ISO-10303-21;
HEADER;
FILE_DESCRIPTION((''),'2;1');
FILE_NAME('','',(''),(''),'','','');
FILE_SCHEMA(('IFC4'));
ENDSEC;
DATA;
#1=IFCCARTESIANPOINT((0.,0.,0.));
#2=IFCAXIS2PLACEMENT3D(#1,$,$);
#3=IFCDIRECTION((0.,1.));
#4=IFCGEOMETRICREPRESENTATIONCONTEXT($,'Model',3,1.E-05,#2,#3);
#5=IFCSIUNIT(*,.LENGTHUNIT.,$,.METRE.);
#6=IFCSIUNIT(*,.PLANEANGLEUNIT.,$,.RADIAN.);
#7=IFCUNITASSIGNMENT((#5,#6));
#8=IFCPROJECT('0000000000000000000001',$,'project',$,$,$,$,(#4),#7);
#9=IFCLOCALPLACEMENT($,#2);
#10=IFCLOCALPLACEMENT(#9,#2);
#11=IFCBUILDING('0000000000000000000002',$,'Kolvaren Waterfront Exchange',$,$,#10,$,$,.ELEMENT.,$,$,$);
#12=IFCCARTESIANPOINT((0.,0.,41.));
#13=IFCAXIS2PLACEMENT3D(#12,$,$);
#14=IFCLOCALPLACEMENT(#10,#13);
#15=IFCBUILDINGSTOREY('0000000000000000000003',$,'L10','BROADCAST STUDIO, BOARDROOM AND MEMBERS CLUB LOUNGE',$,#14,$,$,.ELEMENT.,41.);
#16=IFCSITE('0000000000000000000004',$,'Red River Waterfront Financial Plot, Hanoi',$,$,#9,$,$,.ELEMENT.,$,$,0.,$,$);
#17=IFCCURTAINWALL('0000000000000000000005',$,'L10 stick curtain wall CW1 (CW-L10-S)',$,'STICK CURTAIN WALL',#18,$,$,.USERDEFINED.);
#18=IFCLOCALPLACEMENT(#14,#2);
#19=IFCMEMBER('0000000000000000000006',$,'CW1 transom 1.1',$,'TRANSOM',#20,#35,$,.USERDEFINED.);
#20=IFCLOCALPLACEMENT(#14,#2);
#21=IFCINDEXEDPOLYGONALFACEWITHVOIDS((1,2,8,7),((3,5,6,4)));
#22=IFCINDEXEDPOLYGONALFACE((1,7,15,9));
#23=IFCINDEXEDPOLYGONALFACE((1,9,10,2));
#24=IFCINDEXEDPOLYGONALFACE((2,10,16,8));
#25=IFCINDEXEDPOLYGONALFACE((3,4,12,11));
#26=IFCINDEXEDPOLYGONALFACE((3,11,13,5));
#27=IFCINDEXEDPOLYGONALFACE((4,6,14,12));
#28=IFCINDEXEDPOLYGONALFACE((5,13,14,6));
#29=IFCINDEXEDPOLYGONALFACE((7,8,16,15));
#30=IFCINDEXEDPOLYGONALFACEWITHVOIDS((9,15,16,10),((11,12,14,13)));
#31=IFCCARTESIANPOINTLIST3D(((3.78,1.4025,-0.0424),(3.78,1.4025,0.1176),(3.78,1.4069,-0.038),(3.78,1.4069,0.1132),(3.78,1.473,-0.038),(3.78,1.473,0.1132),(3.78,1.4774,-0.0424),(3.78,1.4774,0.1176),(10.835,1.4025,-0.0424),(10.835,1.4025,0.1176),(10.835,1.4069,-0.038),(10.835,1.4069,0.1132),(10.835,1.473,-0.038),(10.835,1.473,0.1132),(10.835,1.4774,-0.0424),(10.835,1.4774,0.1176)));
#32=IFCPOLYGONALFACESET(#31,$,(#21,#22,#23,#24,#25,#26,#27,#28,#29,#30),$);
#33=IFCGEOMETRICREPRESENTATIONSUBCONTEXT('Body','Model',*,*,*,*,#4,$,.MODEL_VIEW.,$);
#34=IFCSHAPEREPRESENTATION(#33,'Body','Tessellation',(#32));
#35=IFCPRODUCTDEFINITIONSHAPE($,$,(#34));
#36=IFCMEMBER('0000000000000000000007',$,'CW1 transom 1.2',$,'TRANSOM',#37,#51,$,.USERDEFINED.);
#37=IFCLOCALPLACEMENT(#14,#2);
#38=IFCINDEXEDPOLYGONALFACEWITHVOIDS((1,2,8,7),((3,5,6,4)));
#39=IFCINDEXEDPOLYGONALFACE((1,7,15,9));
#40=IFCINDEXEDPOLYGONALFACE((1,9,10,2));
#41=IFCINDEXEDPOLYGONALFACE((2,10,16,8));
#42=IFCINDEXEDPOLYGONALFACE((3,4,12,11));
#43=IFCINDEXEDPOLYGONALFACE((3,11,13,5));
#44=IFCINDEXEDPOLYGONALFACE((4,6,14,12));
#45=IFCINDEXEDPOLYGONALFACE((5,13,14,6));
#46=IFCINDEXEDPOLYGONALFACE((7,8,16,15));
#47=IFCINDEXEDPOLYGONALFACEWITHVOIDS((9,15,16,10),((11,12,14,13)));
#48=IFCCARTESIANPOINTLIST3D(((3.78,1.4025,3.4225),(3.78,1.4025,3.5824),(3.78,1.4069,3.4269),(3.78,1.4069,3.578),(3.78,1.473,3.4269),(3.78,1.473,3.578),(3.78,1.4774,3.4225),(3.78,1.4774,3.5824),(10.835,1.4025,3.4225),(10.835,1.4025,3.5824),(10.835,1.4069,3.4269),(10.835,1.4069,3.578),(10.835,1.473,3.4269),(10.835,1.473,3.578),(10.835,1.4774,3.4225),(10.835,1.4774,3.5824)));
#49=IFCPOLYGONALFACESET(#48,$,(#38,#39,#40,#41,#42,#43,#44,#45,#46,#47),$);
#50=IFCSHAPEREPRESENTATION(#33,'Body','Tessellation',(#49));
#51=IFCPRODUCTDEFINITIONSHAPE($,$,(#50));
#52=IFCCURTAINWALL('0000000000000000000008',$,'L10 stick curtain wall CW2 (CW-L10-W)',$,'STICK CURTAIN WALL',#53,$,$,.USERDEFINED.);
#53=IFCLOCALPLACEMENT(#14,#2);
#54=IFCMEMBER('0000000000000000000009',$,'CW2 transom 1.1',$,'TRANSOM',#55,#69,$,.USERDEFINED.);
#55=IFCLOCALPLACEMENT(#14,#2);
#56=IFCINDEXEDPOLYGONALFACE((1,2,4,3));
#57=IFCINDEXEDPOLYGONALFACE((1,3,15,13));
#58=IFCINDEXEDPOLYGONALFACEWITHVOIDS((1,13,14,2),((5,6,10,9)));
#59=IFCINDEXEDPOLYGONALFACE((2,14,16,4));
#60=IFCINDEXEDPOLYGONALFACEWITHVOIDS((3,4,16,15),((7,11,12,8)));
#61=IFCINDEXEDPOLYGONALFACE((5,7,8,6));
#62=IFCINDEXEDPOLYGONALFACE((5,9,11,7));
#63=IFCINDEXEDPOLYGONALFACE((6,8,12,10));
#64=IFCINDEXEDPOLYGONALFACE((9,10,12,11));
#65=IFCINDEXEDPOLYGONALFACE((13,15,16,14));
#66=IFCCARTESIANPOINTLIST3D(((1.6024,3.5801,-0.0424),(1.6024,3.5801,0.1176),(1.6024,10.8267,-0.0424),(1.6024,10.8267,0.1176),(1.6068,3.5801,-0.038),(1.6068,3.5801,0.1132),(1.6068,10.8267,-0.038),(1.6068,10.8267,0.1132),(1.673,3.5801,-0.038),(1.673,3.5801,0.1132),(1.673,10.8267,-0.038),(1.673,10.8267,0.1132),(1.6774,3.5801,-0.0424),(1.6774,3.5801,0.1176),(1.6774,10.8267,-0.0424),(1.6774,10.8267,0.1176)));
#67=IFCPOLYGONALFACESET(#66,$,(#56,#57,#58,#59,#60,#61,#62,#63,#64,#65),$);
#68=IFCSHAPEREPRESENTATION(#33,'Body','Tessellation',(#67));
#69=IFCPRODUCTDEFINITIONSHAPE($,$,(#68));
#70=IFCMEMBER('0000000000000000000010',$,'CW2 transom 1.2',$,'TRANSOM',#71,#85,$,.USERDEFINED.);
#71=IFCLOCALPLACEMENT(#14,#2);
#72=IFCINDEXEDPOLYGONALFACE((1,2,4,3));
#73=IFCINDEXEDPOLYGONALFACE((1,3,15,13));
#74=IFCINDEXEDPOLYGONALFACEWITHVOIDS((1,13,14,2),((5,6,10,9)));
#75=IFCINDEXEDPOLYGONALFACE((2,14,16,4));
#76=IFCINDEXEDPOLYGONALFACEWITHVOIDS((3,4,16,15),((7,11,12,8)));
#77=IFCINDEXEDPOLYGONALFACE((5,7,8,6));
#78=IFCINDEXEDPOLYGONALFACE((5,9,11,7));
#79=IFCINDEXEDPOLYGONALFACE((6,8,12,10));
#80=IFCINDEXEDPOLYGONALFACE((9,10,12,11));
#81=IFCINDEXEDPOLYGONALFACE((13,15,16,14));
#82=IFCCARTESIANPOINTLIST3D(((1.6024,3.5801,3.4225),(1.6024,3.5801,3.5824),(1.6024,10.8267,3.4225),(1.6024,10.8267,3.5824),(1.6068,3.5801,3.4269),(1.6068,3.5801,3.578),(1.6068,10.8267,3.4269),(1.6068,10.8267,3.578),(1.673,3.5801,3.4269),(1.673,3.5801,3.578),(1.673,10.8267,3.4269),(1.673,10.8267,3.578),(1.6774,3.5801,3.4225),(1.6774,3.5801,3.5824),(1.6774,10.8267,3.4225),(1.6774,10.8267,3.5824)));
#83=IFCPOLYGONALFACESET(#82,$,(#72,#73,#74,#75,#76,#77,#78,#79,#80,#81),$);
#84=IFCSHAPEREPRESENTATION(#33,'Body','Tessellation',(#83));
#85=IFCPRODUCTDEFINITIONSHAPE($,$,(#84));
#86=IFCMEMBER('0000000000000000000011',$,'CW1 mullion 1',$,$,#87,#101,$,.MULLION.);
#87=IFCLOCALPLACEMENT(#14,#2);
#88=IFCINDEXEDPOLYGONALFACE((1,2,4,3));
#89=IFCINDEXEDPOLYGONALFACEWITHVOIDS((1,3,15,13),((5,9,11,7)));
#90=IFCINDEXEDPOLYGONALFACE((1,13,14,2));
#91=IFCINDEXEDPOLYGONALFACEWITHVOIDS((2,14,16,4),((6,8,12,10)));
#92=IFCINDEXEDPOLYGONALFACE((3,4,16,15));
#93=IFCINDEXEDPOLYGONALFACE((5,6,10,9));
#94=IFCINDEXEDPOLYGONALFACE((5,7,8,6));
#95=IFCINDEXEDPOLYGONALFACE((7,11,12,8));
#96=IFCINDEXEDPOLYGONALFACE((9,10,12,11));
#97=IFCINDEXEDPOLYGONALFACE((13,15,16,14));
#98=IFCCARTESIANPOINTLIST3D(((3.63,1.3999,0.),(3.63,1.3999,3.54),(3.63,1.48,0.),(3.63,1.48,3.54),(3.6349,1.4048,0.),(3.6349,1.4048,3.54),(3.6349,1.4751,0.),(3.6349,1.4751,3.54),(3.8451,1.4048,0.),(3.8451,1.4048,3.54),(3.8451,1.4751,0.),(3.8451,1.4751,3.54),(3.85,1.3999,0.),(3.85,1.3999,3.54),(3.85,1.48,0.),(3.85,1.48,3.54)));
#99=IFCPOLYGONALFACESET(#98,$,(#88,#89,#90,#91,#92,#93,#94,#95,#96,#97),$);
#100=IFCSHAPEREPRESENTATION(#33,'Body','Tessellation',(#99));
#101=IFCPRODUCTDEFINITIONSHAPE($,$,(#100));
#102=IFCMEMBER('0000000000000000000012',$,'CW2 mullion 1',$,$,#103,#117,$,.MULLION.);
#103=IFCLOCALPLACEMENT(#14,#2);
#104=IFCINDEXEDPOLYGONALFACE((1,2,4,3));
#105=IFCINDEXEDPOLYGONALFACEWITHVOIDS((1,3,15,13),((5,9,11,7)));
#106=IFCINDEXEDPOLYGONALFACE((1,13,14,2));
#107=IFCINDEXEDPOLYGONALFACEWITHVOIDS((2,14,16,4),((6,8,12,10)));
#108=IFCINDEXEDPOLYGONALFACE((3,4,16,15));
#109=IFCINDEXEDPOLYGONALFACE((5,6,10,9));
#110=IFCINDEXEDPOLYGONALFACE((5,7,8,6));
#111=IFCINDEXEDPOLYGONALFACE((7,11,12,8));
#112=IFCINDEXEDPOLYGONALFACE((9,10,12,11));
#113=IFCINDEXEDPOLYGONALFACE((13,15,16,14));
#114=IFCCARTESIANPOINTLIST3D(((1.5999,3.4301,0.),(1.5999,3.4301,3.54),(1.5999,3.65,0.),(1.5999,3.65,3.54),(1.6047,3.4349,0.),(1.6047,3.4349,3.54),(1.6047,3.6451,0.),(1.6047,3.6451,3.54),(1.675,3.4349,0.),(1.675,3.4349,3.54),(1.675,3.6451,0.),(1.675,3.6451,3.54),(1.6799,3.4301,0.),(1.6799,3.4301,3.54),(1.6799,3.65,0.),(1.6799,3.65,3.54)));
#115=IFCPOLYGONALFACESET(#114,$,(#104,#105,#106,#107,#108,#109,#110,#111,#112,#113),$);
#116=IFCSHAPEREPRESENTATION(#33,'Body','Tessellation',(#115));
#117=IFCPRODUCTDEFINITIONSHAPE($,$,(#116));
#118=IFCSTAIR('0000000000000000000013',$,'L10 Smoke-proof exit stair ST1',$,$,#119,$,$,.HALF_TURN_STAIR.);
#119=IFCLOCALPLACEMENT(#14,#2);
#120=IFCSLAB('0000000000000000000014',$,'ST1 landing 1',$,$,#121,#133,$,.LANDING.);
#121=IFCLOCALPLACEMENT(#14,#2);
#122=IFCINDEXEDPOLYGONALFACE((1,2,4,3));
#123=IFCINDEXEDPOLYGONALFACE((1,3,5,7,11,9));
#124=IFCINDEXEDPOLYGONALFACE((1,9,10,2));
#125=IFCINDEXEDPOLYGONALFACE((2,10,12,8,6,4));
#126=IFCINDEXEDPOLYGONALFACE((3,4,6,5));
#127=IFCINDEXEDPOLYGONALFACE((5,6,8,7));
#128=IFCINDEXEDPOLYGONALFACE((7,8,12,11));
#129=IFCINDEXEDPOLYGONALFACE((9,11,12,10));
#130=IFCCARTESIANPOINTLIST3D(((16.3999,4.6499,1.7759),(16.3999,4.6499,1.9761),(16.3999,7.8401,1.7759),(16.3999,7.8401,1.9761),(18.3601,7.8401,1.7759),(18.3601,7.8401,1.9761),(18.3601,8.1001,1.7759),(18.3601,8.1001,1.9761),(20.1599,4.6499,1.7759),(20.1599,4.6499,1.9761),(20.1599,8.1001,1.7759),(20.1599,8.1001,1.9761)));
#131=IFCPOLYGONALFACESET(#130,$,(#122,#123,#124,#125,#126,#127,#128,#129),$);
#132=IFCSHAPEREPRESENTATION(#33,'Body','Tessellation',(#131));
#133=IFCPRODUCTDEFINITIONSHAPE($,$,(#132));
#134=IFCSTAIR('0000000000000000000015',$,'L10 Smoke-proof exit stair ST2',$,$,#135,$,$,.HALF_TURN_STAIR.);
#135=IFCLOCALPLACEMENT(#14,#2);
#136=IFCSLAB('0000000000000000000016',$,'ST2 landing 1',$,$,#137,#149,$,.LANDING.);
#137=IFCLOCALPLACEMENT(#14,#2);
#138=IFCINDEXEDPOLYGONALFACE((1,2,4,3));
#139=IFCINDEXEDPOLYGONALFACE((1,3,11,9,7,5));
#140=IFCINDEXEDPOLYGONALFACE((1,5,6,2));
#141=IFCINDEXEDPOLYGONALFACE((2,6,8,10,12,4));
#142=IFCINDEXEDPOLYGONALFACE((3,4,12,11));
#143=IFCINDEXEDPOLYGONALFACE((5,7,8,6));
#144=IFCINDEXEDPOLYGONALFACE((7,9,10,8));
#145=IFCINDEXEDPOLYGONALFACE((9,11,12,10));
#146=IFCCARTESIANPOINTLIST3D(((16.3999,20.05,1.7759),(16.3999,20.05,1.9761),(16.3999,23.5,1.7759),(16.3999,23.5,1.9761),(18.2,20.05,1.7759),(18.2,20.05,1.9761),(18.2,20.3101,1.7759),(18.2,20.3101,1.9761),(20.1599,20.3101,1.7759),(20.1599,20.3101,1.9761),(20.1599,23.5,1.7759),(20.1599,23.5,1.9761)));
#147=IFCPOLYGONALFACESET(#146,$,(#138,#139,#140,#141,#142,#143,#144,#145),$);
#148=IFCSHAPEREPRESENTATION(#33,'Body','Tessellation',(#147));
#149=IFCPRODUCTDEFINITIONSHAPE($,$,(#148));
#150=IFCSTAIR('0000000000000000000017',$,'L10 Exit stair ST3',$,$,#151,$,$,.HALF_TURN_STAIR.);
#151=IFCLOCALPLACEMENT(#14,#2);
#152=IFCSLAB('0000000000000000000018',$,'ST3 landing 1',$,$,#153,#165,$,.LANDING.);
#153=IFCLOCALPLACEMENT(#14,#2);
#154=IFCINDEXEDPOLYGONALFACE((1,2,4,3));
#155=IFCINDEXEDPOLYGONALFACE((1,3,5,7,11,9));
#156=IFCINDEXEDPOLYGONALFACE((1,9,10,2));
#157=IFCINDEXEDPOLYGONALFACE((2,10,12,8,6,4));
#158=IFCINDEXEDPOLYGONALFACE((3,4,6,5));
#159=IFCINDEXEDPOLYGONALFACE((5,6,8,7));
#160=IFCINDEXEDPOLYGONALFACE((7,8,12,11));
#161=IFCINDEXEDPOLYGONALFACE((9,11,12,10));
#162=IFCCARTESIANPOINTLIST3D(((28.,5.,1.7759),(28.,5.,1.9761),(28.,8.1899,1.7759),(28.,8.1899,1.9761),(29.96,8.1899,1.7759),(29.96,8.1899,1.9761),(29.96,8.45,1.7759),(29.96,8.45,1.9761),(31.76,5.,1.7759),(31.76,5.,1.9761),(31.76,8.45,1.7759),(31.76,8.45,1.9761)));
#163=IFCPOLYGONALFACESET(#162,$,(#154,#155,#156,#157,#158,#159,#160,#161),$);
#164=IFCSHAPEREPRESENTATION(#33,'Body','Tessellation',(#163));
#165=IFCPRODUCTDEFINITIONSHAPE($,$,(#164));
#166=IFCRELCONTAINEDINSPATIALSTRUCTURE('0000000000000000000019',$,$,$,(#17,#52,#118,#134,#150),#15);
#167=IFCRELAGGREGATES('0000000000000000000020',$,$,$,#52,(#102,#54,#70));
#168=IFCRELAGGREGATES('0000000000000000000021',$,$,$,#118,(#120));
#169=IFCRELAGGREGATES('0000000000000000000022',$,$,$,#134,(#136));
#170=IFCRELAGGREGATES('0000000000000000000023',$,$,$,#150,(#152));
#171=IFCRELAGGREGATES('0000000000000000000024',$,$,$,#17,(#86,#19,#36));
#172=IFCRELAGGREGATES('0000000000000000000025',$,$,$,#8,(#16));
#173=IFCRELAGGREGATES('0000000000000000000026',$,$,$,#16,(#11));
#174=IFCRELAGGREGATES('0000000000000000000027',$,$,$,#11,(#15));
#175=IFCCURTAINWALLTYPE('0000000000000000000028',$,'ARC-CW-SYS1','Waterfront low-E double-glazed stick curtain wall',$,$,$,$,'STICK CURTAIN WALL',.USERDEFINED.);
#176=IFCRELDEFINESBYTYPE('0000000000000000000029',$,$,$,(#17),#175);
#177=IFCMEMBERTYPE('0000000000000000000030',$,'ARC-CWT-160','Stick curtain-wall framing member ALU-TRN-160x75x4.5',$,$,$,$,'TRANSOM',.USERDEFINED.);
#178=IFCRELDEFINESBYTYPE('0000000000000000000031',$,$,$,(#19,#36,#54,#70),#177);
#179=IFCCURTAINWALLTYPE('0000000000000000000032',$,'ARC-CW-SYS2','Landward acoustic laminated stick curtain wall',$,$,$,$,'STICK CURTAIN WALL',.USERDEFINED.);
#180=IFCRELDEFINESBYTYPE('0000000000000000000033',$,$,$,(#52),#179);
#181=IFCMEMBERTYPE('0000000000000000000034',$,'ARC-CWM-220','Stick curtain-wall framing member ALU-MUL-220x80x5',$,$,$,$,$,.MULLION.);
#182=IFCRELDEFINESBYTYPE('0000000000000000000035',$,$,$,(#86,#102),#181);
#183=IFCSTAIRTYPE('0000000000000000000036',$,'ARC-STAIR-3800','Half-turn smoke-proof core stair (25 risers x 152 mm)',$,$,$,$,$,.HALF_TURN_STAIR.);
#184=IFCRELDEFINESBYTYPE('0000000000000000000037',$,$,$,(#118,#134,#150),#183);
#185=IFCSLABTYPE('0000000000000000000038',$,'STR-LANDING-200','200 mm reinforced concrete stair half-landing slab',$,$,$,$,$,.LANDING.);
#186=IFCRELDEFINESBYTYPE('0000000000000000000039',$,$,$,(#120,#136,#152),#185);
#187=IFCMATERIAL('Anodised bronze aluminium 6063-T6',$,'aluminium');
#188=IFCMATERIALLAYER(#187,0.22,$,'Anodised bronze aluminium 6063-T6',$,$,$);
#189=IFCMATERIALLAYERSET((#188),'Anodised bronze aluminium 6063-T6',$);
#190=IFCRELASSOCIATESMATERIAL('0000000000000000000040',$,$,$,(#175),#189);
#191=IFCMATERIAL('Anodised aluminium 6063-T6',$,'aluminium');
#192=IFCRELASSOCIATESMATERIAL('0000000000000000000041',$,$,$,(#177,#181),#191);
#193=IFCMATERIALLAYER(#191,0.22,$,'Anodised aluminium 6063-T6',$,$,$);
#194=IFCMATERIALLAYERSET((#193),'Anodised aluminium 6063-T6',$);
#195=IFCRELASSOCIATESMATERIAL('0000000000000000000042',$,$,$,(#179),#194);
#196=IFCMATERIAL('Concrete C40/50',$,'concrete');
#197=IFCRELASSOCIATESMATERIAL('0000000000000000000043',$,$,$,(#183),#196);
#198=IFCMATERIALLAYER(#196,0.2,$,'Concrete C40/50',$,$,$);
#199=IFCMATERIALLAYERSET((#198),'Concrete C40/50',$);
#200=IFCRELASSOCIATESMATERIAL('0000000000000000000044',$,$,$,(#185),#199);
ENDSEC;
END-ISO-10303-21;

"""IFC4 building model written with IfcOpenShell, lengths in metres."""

from ifc_helpers import new_model, si_unit, direction, frame, origin, origin_with_axes, origin_2d, place, context, subcontext, project, spatial, polyline, hollow_rectangle, outline, extrude, source, transform, mapped, material, layer, layer_set, material_profile, profile_set, type_object, element, aggregate, save


model = new_model("IFC4")

# Units and contexts
model_context = context("Model", 3, precision=1e-05, world=origin(), true_north=direction((0.0, 1.0)))
body_context = subcontext(model_context, "Body", "Model", "MODEL_VIEW")
ifc_project = project(units=[si_unit("LENGTHUNIT", "METRE"), si_unit("PLANEANGLEUNIT", "RADIAN")], contexts=[model_context])

# Site, building, storey
site_placement = place(None, origin())
site = spatial("IfcSite", under=ifc_project, at=site_placement, Name="Red River Waterfront Financial Plot, Hanoi", CompositionType="ELEMENT", RefElevation=0.0)
building_placement = place(site_placement, origin())
building = spatial("IfcBuilding", under=site, at=building_placement, Name="Kolvaren Waterfront Exchange", CompositionType="ELEMENT")
storey_placement = place(building_placement, frame((0.0, 0.0, 41.0)))
storey = spatial("IfcBuildingStorey", under=building, at=storey_placement, Name="L10", Description="BROADCAST STUDIO, BOARDROOM AND MEMBERS CLUB LOUNGE", CompositionType="ELEMENT", Elevation=41.0)

# Curtain walls, members
ifc_material_1 = material(Name="Anodised bronze aluminium 6063-T6", Category="aluminium")
ifc_layer_1 = layer(ifc_material_1, 0.22, Name="Anodised bronze aluminium 6063-T6")
ifc_layer_set_1 = layer_set([ifc_layer_1], Name="Anodised bronze aluminium 6063-T6")
curtain_wall_type_1 = type_object("IfcCurtainWallType", Name="ARC-CW-SYS1", Description="Waterfront low-E double-glazed stick curtain wall", ElementType="STICK CURTAIN WALL", PredefinedType="USERDEFINED", material=ifc_layer_set_1)
curtain_wall_1_placement = place(storey_placement, origin())
curtain_wall_1 = element("IfcCurtainWall", 1, at=curtain_wall_1_placement, inside=storey, type_object=curtain_wall_type_1, Name="L10 stick curtain wall CW1 (CW-L10-S)", ObjectType="STICK CURTAIN WALL", PredefinedType="USERDEFINED")
ifc_material_2 = material(Name="Anodised aluminium 6063-T6", Category="aluminium")
ifc_material_profile_1 = material_profile(ifc_material_2, hollow_rectangle(XDim=0.075, YDim=0.1599, WallThickness=0.0044, at=origin_2d()), Name="ALU-TRN-160x75x4.5")
ifc_profile_set_1 = profile_set([ifc_material_profile_1], Name="Anodised aluminium 6063-T6")
member_type_1 = type_object("IfcMemberType", Name="ARC-CWT-160", Description="Stick curtain-wall framing member ALU-TRN-160x75x4.5", ElementType="TRANSOM", PredefinedType="USERDEFINED", material=ifc_profile_set_1)
shared_shape_1 = source(origin_with_axes(), body_context, "Body", "SweptSolid", [
    extrude(hollow_rectangle(XDim=0.075, YDim=0.1599, WallThickness=0.0044, at=origin_2d()), origin(), (0.0, 0.0, 1.0), 7.0549),
])
member_1_placement = place(storey_placement, frame((3.78, 1.4399, 0.0376), z_axis=(1.0, 0.0, 0.0), x_axis=(0.0, 1.0, 0.0)))
member_1 = element("IfcMember", 2, at=member_1_placement, type_object=member_type_1, Name="CW1 transom 1.1", ObjectType="TRANSOM", PredefinedType="USERDEFINED", context=body_context, shape_type="MappedRepresentation", body=[
    mapped(shared_shape_1, transform((0.0, 0.0, 0.0), x_axis=(1.0, 0.0, 0.0), y_axis=(0.0, 1.0, 0.0), z_axis=(0.0, 0.0, 1.0), scale=1.0)),
])
member_2_placement = place(storey_placement, frame((3.78, 1.4399, 3.5024), z_axis=(1.0, 0.0, 0.0), x_axis=(0.0, 1.0, 0.0)))
member_2 = element("IfcMember", 3, at=member_2_placement, type_object=member_type_1, Name="CW1 transom 1.2", ObjectType="TRANSOM", PredefinedType="USERDEFINED", context=body_context, shape_type="MappedRepresentation", body=[
    mapped(shared_shape_1, transform((0.0, 0.0, 0.0), x_axis=(1.0, 0.0, 0.0), y_axis=(0.0, 1.0, 0.0), z_axis=(0.0, 0.0, 1.0), scale=1.0)),
])
ifc_layer_2 = layer(ifc_material_2, 0.22, Name="Anodised aluminium 6063-T6")
ifc_layer_set_2 = layer_set([ifc_layer_2], Name="Anodised aluminium 6063-T6")
curtain_wall_type_2 = type_object("IfcCurtainWallType", Name="ARC-CW-SYS2", Description="Landward acoustic laminated stick curtain wall", ElementType="STICK CURTAIN WALL", PredefinedType="USERDEFINED", material=ifc_layer_set_2)
curtain_wall_2_placement = place(storey_placement, origin())
curtain_wall_2 = element("IfcCurtainWall", 4, at=curtain_wall_2_placement, inside=storey, type_object=curtain_wall_type_2, Name="L10 stick curtain wall CW2 (CW-L10-W)", ObjectType="STICK CURTAIN WALL", PredefinedType="USERDEFINED")
shared_shape_2 = source(origin_with_axes(), body_context, "Body", "SweptSolid", [
    extrude(hollow_rectangle(XDim=0.075, YDim=0.1599, WallThickness=0.0044, at=origin_2d()), origin(), (0.0, 0.0, 1.0), 7.2466),
])
member_3_placement = place(storey_placement, frame((1.6399, 3.5801, 0.0376), z_axis=(0.0, 1.0, 0.0), x_axis=(-1.0, 0.0, 0.0)))
member_3 = element("IfcMember", 5, at=member_3_placement, type_object=member_type_1, Name="CW2 transom 1.1", ObjectType="TRANSOM", PredefinedType="USERDEFINED", context=body_context, shape_type="MappedRepresentation", body=[
    mapped(shared_shape_2, transform((0.0, 0.0, 0.0), x_axis=(1.0, 0.0, 0.0), y_axis=(0.0, 1.0, 0.0), z_axis=(0.0, 0.0, 1.0), scale=1.0)),
])
member_4_placement = place(storey_placement, frame((1.6399, 3.5801, 3.5024), z_axis=(0.0, 1.0, 0.0), x_axis=(-1.0, 0.0, 0.0)))
member_4 = element("IfcMember", 6, at=member_4_placement, type_object=member_type_1, Name="CW2 transom 1.2", ObjectType="TRANSOM", PredefinedType="USERDEFINED", context=body_context, shape_type="MappedRepresentation", body=[
    mapped(shared_shape_2, transform((0.0, 0.0, 0.0), x_axis=(1.0, 0.0, 0.0), y_axis=(0.0, 1.0, 0.0), z_axis=(0.0, 0.0, 1.0), scale=1.0)),
])

# Members
ifc_material_profile_2 = material_profile(ifc_material_2, hollow_rectangle(XDim=0.0801, YDim=0.22, WallThickness=0.0049, at=origin_2d()), Name="ALU-MUL-220x80x5")
ifc_profile_set_2 = profile_set([ifc_material_profile_2], Name="Anodised aluminium 6063-T6")
member_type_2 = type_object("IfcMemberType", Name="ARC-CWM-220", Description="Stick curtain-wall framing member ALU-MUL-220x80x5", PredefinedType="MULLION", material=ifc_profile_set_2)
shared_shape_3 = source(origin_with_axes(), body_context, "Body", "SweptSolid", [
    extrude(hollow_rectangle(XDim=0.0801, YDim=0.22, WallThickness=0.0049, at=origin_2d()), origin(), (0.0, 0.0, 1.0), 3.54),
])
member_5_placement = place(storey_placement, frame((3.74, 1.4399, 0.0), z_axis=(0.0, 0.0, 1.0), x_axis=(0.0, 1.0, 0.0)))
member_5 = element("IfcMember", 7, at=member_5_placement, type_object=member_type_2, Name="CW1 mullion 1", PredefinedType="MULLION", context=body_context, shape_type="MappedRepresentation", body=[
    mapped(shared_shape_3, transform((0.0, 0.0, 0.0), x_axis=(1.0, 0.0, 0.0), y_axis=(0.0, 1.0, 0.0), z_axis=(0.0, 0.0, 1.0), scale=1.0)),
])
member_6_placement = place(storey_placement, frame((1.6399, 3.54, 0.0), z_axis=(0.0, 0.0, 1.0), x_axis=(-1.0, 0.0, 0.0)))
member_6 = element("IfcMember", 8, at=member_6_placement, type_object=member_type_2, Name="CW2 mullion 1", PredefinedType="MULLION", context=body_context, shape_type="MappedRepresentation", body=[
    mapped(shared_shape_3, transform((0.0, 0.0, 0.0), x_axis=(1.0, 0.0, 0.0), y_axis=(0.0, 1.0, 0.0), z_axis=(0.0, 0.0, 1.0), scale=1.0)),
])
aggregate(curtain_wall_2, [member_6, member_3, member_4])

# Stairs, slabs
ifc_material_3 = material(Name="Concrete C40/50", Category="concrete")
stair_type = type_object("IfcStairType", Name="ARC-STAIR-3800", Description="Half-turn smoke-proof core stair (25 risers x 152 mm)", PredefinedType="HALF_TURN_STAIR", material=ifc_material_3)
stair_1_placement = place(storey_placement, origin())
stair_1 = element("IfcStair", 9, at=stair_1_placement, inside=storey, type_object=stair_type, Name="L10 Smoke-proof exit stair ST1", PredefinedType="HALF_TURN_STAIR")
ifc_layer_3 = layer(ifc_material_3, 0.2, Name="Concrete C40/50")
ifc_layer_set_3 = layer_set([ifc_layer_3], Name="Concrete C40/50")
slab_type_1 = type_object("IfcSlabType", Name="STR-LANDING-200", Description="200 mm reinforced concrete stair half-landing slab", PredefinedType="LANDING", material=ifc_layer_set_3)
slab_1_placement = place(storey_placement, frame((0.0, 0.0, 1.7759)))
slab_1 = element("IfcSlab", 10, at=slab_1_placement, type_object=slab_type_1, Name="ST1 landing 1", PredefinedType="LANDING", context=body_context, shape_type="SweptSolid", body=[
    extrude(outline(polyline([(16.3999, 7.8401), (16.3999, 4.6499), (20.1599, 4.6499), (20.1599, 8.1001), (18.3601, 8.1001), (18.3601, 7.8401), (16.3999, 7.8401)])), origin(), (0.0, 0.0, 1.0), 0.2002),
])
aggregate(stair_1, [slab_1])
stair_2_placement = place(storey_placement, origin())
stair_2 = element("IfcStair", 11, at=stair_2_placement, inside=storey, type_object=stair_type, Name="L10 Smoke-proof exit stair ST2", PredefinedType="HALF_TURN_STAIR")
slab_2_placement = place(storey_placement, frame((0.0, 0.0, 1.7759)))
slab_2 = element("IfcSlab", 12, at=slab_2_placement, type_object=slab_type_1, Name="ST2 landing 1", PredefinedType="LANDING", context=body_context, shape_type="SweptSolid", body=[
    extrude(outline(polyline([(20.1599, 20.3101), (20.1599, 23.5), (16.3999, 23.5), (16.3999, 20.05), (18.2, 20.05), (18.2, 20.3101), (20.1599, 20.3101)])), origin(), (0.0, 0.0, 1.0), 0.2002),
])
aggregate(stair_2, [slab_2])
stair_3_placement = place(storey_placement, origin())
stair_3 = element("IfcStair", 13, at=stair_3_placement, inside=storey, type_object=stair_type, Name="L10 Exit stair ST3", PredefinedType="HALF_TURN_STAIR")
slab_3_placement = place(storey_placement, frame((0.0, 0.0, 1.7759)))
slab_3 = element("IfcSlab", 14, at=slab_3_placement, type_object=slab_type_1, Name="ST3 landing 1", PredefinedType="LANDING", context=body_context, shape_type="SweptSolid", body=[
    extrude(outline(polyline([(28.0, 8.1899), (28.0, 5.0), (31.76, 5.0), (31.76, 8.45), (29.96, 8.45), (29.96, 8.1899), (28.0, 8.1899)])), origin(), (0.0, 0.0, 1.0), 0.2002),
])
aggregate(stair_3, [slab_3])

aggregate(curtain_wall_1, [member_5, member_1, member_2])

save(model, "model.ifc")
